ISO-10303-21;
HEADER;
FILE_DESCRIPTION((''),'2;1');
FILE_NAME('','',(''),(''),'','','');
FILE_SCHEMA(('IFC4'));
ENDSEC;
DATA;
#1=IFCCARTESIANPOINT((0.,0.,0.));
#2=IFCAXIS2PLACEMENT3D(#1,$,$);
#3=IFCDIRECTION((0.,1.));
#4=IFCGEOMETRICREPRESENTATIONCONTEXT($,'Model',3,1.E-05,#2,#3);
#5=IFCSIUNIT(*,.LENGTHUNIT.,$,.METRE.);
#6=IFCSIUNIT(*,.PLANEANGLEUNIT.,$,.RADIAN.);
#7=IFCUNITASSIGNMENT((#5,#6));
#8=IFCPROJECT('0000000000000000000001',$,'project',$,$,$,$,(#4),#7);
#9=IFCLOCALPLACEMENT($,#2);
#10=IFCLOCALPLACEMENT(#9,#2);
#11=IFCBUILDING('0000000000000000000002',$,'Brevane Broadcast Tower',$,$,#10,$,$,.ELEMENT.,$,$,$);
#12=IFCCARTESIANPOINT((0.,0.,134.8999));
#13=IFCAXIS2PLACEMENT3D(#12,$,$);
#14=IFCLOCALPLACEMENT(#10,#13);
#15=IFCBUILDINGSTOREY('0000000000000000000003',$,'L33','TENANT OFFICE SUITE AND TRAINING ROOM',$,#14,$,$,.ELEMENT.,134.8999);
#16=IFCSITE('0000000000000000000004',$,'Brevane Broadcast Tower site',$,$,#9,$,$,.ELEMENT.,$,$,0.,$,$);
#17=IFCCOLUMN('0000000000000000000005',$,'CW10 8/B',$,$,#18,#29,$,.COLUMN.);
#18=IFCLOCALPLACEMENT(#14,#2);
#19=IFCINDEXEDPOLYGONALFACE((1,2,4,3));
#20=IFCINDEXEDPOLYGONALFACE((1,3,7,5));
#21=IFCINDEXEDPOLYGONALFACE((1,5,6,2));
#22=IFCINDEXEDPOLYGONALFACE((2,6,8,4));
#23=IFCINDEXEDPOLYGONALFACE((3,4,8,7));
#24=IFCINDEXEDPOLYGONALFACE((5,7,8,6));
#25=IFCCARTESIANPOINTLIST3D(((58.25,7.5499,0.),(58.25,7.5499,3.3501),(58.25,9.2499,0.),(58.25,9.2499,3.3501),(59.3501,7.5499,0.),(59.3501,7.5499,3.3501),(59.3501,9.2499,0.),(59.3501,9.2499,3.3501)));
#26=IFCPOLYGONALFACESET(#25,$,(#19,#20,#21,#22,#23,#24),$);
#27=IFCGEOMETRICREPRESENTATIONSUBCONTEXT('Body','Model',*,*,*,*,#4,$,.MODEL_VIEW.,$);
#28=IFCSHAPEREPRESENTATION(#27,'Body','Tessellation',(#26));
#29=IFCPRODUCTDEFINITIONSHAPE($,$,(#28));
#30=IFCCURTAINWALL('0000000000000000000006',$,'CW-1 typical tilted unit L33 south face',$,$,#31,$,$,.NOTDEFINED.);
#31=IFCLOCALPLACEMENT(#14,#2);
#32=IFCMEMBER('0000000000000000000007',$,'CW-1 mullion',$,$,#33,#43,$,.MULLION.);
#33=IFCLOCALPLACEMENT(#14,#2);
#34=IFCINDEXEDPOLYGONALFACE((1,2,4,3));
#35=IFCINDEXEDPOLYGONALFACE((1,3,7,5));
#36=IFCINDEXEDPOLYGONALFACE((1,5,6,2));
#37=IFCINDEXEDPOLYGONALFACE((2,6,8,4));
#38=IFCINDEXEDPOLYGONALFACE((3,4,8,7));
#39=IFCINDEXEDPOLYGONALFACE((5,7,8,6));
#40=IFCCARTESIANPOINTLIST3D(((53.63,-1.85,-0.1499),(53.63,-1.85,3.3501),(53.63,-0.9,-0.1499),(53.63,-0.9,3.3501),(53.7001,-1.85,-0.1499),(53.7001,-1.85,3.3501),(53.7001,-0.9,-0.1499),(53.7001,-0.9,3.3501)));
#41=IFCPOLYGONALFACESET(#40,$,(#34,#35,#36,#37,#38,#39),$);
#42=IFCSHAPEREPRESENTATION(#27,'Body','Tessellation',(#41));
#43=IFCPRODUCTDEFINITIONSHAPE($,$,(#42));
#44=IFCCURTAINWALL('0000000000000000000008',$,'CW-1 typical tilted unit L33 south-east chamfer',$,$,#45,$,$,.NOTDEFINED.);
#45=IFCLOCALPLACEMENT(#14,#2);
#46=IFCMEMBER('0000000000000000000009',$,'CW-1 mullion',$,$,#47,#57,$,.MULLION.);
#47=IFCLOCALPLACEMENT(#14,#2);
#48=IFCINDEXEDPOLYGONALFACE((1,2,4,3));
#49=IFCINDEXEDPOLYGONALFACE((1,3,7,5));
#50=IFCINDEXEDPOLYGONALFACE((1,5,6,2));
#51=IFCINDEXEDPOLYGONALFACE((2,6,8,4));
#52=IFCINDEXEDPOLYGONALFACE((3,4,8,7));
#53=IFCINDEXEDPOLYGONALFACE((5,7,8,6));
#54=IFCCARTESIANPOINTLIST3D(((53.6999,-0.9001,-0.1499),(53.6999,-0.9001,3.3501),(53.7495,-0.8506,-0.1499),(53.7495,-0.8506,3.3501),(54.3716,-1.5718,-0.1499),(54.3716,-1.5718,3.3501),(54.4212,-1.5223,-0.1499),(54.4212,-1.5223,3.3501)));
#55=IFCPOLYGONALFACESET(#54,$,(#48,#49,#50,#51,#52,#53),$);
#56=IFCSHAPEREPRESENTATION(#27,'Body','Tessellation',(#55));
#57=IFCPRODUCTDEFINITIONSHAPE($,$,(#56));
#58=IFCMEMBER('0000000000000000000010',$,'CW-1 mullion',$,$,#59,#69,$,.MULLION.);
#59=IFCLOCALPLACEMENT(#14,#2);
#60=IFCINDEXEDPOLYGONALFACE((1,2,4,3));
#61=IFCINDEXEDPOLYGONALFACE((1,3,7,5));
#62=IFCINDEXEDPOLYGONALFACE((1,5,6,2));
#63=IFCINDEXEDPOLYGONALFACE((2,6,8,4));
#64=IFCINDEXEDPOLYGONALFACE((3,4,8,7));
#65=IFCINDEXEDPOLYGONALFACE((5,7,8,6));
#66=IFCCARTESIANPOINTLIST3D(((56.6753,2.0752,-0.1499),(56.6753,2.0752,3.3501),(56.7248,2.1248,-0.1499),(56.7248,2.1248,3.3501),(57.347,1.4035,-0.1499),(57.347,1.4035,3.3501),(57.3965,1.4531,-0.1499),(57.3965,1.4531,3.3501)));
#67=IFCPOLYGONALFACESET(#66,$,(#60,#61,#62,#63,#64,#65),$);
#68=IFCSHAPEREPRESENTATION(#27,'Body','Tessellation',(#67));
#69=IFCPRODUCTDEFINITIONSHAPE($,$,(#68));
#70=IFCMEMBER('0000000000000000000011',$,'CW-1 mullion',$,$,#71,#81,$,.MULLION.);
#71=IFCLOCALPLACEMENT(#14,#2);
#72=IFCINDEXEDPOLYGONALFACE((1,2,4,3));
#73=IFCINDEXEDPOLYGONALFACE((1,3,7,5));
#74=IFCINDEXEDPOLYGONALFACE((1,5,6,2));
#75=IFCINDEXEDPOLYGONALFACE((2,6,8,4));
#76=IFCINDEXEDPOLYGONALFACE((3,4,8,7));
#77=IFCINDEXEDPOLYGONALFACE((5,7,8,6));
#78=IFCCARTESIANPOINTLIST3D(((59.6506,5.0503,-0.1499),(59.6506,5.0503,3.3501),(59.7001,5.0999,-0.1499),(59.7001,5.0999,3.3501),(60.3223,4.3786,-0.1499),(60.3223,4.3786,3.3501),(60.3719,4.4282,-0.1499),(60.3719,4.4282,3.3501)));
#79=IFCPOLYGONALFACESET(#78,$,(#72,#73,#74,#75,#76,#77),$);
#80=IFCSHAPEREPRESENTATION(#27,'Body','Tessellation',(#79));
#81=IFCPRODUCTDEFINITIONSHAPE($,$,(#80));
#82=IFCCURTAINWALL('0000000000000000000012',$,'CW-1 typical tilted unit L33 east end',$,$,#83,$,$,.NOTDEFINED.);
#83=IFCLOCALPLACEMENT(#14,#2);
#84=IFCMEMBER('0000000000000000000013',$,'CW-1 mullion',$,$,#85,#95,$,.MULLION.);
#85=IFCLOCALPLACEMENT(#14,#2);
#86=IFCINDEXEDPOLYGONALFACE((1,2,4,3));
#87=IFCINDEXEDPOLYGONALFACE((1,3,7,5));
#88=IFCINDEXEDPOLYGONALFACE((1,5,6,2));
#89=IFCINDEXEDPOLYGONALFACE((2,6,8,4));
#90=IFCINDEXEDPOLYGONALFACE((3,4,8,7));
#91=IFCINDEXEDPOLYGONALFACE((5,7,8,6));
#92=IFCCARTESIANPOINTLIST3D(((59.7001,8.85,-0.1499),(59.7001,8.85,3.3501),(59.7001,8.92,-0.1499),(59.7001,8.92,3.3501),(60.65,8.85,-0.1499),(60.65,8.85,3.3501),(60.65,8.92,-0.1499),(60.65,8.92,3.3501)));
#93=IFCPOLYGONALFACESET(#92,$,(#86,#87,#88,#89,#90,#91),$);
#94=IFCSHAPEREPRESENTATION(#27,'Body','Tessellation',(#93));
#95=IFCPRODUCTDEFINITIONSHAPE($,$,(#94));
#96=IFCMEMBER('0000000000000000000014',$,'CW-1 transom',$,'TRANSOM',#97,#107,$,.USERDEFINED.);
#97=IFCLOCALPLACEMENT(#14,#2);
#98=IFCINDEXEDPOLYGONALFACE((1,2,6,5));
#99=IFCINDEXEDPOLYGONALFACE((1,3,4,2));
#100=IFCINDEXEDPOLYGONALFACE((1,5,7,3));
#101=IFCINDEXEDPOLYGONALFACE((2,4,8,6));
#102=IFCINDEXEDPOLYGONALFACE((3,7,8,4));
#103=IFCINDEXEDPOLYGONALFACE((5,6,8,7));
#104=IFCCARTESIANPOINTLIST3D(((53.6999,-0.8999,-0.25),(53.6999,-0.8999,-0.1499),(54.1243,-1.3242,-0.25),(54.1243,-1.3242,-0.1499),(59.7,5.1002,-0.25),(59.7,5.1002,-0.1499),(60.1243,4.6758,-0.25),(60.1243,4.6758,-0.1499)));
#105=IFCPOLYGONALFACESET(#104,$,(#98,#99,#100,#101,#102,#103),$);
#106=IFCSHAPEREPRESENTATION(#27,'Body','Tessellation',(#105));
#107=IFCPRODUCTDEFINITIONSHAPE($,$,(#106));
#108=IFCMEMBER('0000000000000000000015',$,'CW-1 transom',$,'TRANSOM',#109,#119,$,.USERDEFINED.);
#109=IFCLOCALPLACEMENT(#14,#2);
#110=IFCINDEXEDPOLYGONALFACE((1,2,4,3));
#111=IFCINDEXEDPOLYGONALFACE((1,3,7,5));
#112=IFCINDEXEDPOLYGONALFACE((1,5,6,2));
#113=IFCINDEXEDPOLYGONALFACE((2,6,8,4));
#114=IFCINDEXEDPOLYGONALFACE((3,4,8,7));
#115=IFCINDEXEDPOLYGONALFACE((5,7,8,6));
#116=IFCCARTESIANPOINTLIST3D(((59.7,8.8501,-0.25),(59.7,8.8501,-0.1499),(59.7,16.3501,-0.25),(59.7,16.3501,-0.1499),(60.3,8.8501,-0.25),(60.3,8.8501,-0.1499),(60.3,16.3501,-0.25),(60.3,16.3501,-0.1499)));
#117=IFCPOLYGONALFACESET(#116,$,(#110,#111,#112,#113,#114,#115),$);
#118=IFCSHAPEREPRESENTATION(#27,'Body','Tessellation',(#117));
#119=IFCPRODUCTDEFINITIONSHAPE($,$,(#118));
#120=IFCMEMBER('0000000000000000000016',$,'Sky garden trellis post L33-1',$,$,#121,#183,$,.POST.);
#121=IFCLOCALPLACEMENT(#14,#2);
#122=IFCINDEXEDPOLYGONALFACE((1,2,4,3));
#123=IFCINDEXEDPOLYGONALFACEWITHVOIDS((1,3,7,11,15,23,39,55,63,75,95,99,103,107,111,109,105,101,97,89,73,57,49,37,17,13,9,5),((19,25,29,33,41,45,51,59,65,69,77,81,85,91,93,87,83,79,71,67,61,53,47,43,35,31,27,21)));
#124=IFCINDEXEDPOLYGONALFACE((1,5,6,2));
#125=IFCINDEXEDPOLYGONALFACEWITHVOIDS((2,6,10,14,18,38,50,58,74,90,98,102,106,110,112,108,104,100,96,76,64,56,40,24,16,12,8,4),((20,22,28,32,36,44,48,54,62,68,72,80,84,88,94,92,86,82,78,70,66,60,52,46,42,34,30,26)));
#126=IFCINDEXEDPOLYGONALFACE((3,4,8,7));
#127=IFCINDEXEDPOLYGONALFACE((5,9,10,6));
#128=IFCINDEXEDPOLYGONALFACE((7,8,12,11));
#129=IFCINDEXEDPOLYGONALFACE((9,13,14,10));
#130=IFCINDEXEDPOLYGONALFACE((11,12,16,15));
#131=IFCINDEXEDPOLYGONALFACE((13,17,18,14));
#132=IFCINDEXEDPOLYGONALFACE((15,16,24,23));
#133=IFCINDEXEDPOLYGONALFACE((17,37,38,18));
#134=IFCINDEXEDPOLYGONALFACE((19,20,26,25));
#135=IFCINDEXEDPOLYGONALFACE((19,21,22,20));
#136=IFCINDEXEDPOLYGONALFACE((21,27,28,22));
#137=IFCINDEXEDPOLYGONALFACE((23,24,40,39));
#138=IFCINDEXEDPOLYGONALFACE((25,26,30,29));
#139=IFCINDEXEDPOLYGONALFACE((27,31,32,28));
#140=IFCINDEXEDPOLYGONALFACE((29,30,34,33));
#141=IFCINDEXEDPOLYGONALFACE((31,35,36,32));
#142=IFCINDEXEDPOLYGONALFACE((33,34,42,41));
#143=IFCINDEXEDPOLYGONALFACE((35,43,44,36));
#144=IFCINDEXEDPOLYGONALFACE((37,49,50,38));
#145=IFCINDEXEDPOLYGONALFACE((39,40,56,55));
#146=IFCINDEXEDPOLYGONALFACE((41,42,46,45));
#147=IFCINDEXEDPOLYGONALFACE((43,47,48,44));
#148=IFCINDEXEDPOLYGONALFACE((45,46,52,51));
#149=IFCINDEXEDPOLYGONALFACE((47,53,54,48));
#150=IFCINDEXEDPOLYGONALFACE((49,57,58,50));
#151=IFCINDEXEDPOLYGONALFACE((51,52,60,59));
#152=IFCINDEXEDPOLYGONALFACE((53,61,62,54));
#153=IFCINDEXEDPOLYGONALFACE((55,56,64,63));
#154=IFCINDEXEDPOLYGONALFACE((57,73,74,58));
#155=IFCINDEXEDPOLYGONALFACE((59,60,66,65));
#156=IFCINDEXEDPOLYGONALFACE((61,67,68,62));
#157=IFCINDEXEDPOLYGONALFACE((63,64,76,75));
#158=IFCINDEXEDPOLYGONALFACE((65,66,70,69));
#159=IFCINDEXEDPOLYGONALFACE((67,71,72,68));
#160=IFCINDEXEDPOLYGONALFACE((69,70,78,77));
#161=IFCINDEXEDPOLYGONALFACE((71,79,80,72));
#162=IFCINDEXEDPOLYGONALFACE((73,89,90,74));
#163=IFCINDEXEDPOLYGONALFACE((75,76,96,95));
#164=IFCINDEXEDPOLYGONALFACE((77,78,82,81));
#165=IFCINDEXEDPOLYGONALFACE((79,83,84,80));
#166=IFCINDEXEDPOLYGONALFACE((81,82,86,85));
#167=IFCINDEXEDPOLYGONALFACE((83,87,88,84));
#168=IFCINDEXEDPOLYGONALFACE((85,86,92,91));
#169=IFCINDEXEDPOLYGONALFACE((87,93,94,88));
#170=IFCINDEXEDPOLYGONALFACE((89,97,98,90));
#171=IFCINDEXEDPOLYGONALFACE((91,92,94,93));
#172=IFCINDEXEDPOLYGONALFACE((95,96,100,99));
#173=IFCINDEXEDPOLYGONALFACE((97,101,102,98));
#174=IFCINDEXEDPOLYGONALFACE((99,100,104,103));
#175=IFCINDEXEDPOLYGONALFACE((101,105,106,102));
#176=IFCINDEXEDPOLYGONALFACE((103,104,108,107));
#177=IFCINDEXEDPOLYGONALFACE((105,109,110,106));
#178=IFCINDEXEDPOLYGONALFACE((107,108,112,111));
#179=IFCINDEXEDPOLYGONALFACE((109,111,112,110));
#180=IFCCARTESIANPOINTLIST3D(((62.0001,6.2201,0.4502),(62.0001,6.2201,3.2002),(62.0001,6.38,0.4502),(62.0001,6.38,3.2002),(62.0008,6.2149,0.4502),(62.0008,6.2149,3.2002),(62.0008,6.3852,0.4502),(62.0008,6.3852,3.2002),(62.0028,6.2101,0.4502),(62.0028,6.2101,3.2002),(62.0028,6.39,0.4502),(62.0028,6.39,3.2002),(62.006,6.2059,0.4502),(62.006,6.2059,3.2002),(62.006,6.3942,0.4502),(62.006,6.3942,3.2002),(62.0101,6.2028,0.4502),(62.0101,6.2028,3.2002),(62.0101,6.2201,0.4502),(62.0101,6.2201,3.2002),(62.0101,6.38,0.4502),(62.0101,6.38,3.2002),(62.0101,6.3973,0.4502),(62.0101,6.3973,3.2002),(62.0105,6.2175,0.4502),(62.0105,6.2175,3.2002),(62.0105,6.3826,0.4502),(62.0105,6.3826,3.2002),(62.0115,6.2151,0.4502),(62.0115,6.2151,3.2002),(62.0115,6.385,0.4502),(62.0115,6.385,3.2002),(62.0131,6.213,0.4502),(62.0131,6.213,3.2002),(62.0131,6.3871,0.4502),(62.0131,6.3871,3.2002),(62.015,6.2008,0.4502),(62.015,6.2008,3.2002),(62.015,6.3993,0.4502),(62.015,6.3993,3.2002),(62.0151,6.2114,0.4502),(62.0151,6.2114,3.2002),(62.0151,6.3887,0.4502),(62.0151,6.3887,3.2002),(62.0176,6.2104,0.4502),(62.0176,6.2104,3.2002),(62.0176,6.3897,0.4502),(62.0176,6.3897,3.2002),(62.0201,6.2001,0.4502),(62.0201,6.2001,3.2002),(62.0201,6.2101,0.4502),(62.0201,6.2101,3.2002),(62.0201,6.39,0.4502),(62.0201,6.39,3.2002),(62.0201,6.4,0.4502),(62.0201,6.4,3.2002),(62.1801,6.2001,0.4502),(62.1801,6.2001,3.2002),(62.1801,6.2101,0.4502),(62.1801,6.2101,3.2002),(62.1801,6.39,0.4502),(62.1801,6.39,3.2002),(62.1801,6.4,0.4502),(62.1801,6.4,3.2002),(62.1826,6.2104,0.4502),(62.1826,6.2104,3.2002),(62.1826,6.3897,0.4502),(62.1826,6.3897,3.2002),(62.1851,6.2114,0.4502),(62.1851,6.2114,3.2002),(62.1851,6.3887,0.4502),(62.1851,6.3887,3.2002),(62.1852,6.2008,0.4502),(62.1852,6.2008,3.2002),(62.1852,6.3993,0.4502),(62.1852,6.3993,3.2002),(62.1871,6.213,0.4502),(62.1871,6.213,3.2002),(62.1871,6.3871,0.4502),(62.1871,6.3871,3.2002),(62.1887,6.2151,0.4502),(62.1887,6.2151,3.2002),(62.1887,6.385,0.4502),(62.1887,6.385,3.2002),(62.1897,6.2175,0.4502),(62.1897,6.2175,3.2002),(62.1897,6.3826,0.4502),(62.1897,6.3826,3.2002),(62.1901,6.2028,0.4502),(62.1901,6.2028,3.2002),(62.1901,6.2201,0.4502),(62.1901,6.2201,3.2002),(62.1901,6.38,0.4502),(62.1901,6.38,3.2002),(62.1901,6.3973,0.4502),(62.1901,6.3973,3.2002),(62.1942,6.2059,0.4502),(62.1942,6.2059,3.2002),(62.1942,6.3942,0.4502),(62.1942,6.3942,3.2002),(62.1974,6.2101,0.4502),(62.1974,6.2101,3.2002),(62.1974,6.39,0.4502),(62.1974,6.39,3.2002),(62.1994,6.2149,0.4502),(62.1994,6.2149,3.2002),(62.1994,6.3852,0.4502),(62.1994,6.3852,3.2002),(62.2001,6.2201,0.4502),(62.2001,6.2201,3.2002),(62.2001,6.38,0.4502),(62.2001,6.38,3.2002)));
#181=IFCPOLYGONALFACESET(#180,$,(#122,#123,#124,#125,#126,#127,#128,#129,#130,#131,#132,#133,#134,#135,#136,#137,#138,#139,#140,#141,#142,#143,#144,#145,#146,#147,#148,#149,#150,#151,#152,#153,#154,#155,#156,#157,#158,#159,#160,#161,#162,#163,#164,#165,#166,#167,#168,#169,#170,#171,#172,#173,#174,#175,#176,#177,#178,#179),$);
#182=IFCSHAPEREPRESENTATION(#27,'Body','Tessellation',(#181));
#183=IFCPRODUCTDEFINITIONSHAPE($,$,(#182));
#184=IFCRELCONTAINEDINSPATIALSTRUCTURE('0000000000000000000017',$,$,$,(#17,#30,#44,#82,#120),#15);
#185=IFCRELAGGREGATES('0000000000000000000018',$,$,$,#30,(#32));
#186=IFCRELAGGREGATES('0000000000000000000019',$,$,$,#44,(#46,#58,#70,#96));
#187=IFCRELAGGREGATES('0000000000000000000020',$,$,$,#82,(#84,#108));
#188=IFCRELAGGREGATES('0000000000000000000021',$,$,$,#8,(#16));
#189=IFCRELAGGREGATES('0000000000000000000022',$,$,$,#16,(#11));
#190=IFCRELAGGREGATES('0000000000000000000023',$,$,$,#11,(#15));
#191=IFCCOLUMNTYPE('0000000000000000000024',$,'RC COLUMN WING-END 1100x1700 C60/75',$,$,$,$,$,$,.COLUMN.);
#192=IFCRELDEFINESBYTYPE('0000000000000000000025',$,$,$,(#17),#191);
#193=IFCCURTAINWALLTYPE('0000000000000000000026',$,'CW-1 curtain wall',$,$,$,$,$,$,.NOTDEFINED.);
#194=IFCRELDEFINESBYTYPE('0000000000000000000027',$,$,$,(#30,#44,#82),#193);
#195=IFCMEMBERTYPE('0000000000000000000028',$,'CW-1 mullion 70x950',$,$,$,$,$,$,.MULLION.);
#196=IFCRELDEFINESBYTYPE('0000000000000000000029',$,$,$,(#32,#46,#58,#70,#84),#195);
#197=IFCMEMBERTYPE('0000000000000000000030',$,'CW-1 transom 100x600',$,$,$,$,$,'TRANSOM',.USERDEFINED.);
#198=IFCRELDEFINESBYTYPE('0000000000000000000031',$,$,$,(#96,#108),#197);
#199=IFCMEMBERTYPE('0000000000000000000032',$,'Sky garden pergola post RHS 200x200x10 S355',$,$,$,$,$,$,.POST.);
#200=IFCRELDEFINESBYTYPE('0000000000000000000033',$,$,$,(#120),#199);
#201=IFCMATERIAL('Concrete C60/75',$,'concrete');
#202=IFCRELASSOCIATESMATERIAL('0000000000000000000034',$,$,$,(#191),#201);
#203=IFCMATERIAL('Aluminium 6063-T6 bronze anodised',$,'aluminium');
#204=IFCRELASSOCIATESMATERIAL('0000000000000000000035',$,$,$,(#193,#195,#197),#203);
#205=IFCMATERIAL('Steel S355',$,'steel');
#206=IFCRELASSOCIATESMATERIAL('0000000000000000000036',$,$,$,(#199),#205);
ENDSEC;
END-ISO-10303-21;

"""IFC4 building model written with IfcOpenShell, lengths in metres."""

from ifc_helpers import new_model, si_unit, direction, frame, origin, origin_2d, place, context, subcontext, project, spatial, rectangle, hollow_rectangle, extrude, material, material_profile, profile_set, type_object, element, aggregate, save


model = new_model("IFC4")

# Units and contexts
model_context = context("Model", 3, precision=1e-05, world=origin(), true_north=direction((0.0, 1.0)))
body_context = subcontext(model_context, "Body", "Model", "MODEL_VIEW")
ifc_project = project(units=[si_unit("LENGTHUNIT", "METRE"), si_unit("PLANEANGLEUNIT", "RADIAN")], contexts=[model_context])

# Site, building, storey
site_placement = place(None, origin())
site = spatial("IfcSite", under=ifc_project, at=site_placement, Name="Brevane Broadcast Tower site", CompositionType="ELEMENT", RefElevation=0.0)
building_placement = place(site_placement, origin())
building = spatial("IfcBuilding", under=site, at=building_placement, Name="Brevane Broadcast Tower", CompositionType="ELEMENT")
storey_placement = place(building_placement, frame((0.0, 0.0, 134.8999)))
storey = spatial("IfcBuildingStorey", under=building, at=storey_placement, Name="L33", Description="TENANT OFFICE SUITE AND TRAINING ROOM", CompositionType="ELEMENT", Elevation=134.8999)

# Column
ifc_material_1 = material(Name="Concrete C60/75", Category="concrete")
ifc_material_profile_1 = material_profile(ifc_material_1, rectangle(XDim=1.1001, YDim=1.7, at=origin_2d()), Name="RC 1100x1700")
ifc_profile_set_1 = profile_set([ifc_material_profile_1], Name="Concrete C60/75")
column_type = type_object("IfcColumnType", Name="RC COLUMN WING-END 1100x1700 C60/75", PredefinedType="COLUMN", material=ifc_profile_set_1)
column_placement = place(storey_placement, frame((58.8, 8.3999, 0.0), z_axis=(0.0, 0.0, 1.0), x_axis=(1.0, 0.0, 0.0)))
element("IfcColumn", 1, at=column_placement, inside=storey, type_object=column_type, Name="CW10 8/B", PredefinedType="COLUMN", context=body_context, shape_type="SweptSolid", body=[
    extrude(rectangle(XDim=1.1001, YDim=1.7, at=origin_2d()), origin(), (0.0, 0.0, 1.0), 3.3501),
])

# Curtain wall, member
ifc_material_2 = material(Name="Aluminium 6063-T6 bronze anodised", Category="aluminium")
curtain_wall_type = type_object("IfcCurtainWallType", Name="CW-1 curtain wall", PredefinedType="NOTDEFINED", material=ifc_material_2)
curtain_wall_1_placement = place(storey_placement, origin())
curtain_wall_1 = element("IfcCurtainWall", 2, at=curtain_wall_1_placement, inside=storey, type_object=curtain_wall_type, Name="CW-1 typical tilted unit L33 south face", PredefinedType="NOTDEFINED")
ifc_material_profile_2 = material_profile(ifc_material_2, rectangle(XDim=0.95, YDim=0.0701, at=origin_2d()), Name="RECT 70x950")
ifc_profile_set_2 = profile_set([ifc_material_profile_2], Name="Aluminium 6063-T6 bronze anodised")
member_type_1 = type_object("IfcMemberType", Name="CW-1 mullion 70x950", PredefinedType="MULLION", material=ifc_profile_set_2)
member_1_placement = place(storey_placement, frame((53.665, -1.375, -0.1499), z_axis=(0.0, 0.0, 1.0), x_axis=(0.0, 1.0, 0.0)))
member_1 = element("IfcMember", 3, at=member_1_placement, type_object=member_type_1, Name="CW-1 mullion", PredefinedType="MULLION", context=body_context, shape_type="SweptSolid", body=[
    extrude(rectangle(XDim=0.95, YDim=0.0701, at=origin_2d()), origin(), (0.0, 0.0, 1.0), 3.5),
])
aggregate(curtain_wall_1, [member_1])

# Curtain wall, members
curtain_wall_2_placement = place(storey_placement, origin())
curtain_wall_2 = element("IfcCurtainWall", 4, at=curtain_wall_2_placement, inside=storey, type_object=curtain_wall_type, Name="CW-1 typical tilted unit L33 south-east chamfer", PredefinedType="NOTDEFINED")
member_2_placement = place(storey_placement, frame((54.0605, -1.2112, -0.1499), z_axis=(0.0, 0.0, 1.0), x_axis=(-0.707107, 0.707107, 0.0)))
member_2 = element("IfcMember", 5, at=member_2_placement, type_object=member_type_1, Name="CW-1 mullion", PredefinedType="MULLION", context=body_context, shape_type="SweptSolid", body=[
    extrude(rectangle(XDim=0.95, YDim=0.0701, at=origin_2d()), origin(), (0.0, 0.0, 1.0), 3.5),
])
member_3_placement = place(storey_placement, frame((57.0359, 1.7642, -0.1499), z_axis=(0.0, 0.0, 1.0), x_axis=(-0.707107, 0.707107, 0.0)))
member_3 = element("IfcMember", 6, at=member_3_placement, type_object=member_type_1, Name="CW-1 mullion", PredefinedType="MULLION", context=body_context, shape_type="SweptSolid", body=[
    extrude(rectangle(XDim=0.95, YDim=0.0701, at=origin_2d()), origin(), (0.0, 0.0, 1.0), 3.5),
])
member_4_placement = place(storey_placement, frame((60.0112, 4.7393, -0.1499), z_axis=(0.0, 0.0, 1.0), x_axis=(-0.707107, 0.707107, 0.0)))
member_4 = element("IfcMember", 7, at=member_4_placement, type_object=member_type_1, Name="CW-1 mullion", PredefinedType="MULLION", context=body_context, shape_type="SweptSolid", body=[
    extrude(rectangle(XDim=0.95, YDim=0.0701, at=origin_2d()), origin(), (0.0, 0.0, 1.0), 3.5),
])

# Curtain wall, member
curtain_wall_3_placement = place(storey_placement, origin())
curtain_wall_3 = element("IfcCurtainWall", 8, at=curtain_wall_3_placement, inside=storey, type_object=curtain_wall_type, Name="CW-1 typical tilted unit L33 east end", PredefinedType="NOTDEFINED")
member_5_placement = place(storey_placement, frame((60.175, 8.885, -0.1499), z_axis=(0.0, 0.0, 1.0), x_axis=(-1.0, 0.0, 0.0)))
member_5 = element("IfcMember", 9, at=member_5_placement, type_object=member_type_1, Name="CW-1 mullion", PredefinedType="MULLION", context=body_context, shape_type="SweptSolid", body=[
    extrude(rectangle(XDim=0.95, YDim=0.0701, at=origin_2d()), origin(), (0.0, 0.0, 1.0), 3.5),
])

# Members
ifc_material_profile_3 = material_profile(ifc_material_2, rectangle(XDim=0.6001, YDim=0.1001, at=origin_2d()), Name="RECT 100x600")
ifc_profile_set_3 = profile_set([ifc_material_profile_3], Name="Aluminium 6063-T6 bronze anodised")
member_type_2 = type_object("IfcMemberType", Name="CW-1 transom 100x600", ElementType="TRANSOM", PredefinedType="USERDEFINED", material=ifc_profile_set_3)
member_6_placement = place(storey_placement, frame((53.9121, -1.1121, -0.2), z_axis=(0.707107, 0.707107, 0.0), x_axis=(-0.707107, 0.707107, 0.0)))
member_6 = element("IfcMember", 10, at=member_6_placement, type_object=member_type_2, Name="CW-1 transom", ObjectType="TRANSOM", PredefinedType="USERDEFINED", context=body_context, shape_type="SweptSolid", body=[
    extrude(rectangle(XDim=0.6001, YDim=0.1001, at=origin_2d()), origin(), (0.0, 0.0, 1.0), 8.4854),
])
aggregate(curtain_wall_2, [member_2, member_3, member_4, member_6])
member_7_placement = place(storey_placement, frame((60.0, 8.8501, -0.2), z_axis=(0.0, 1.0, 0.0), x_axis=(-1.0, 0.0, 0.0)))
member_7 = element("IfcMember", 11, at=member_7_placement, type_object=member_type_2, Name="CW-1 transom", ObjectType="TRANSOM", PredefinedType="USERDEFINED", context=body_context, shape_type="SweptSolid", body=[
    extrude(rectangle(XDim=0.6001, YDim=0.1001, at=origin_2d()), origin(), (0.0, 0.0, 1.0), 7.5),
])
aggregate(curtain_wall_3, [member_5, member_7])

# Member
ifc_material_3 = material(Name="Steel S355", Category="steel")
ifc_material_profile_4 = material_profile(ifc_material_3, hollow_rectangle(XDim=0.2, YDim=0.2, WallThickness=0.01, InnerFilletRadius=0.01, OuterFilletRadius=0.02, at=origin_2d()), Name="RHS 200x200x10")
ifc_profile_set_4 = profile_set([ifc_material_profile_4], Name="Steel S355")
member_type_3 = type_object("IfcMemberType", Name="Sky garden pergola post RHS 200x200x10 S355", PredefinedType="POST", material=ifc_profile_set_4)
for number, where, z_axis, x_axis, name in (
    (12, (62.1001, 6.3, 0.4502), (0.0, 0.0, 1.0), (1.0, 0.0, 0.0), "Sky garden trellis post L33-1"),
):
    element("IfcMember", number, at=place(storey_placement, frame(where, z_axis=z_axis, x_axis=x_axis)), inside=storey, type_object=member_type_3, Name=name, PredefinedType="POST", context=body_context, shape_type="SweptSolid", body=[
        extrude(hollow_rectangle(XDim=0.2, YDim=0.2, WallThickness=0.01, InnerFilletRadius=0.01, OuterFilletRadius=0.02, at=origin_2d()), origin(), (0.0, 0.0, 1.0), 2.75),
    ])

save(model, "model.ifc")
